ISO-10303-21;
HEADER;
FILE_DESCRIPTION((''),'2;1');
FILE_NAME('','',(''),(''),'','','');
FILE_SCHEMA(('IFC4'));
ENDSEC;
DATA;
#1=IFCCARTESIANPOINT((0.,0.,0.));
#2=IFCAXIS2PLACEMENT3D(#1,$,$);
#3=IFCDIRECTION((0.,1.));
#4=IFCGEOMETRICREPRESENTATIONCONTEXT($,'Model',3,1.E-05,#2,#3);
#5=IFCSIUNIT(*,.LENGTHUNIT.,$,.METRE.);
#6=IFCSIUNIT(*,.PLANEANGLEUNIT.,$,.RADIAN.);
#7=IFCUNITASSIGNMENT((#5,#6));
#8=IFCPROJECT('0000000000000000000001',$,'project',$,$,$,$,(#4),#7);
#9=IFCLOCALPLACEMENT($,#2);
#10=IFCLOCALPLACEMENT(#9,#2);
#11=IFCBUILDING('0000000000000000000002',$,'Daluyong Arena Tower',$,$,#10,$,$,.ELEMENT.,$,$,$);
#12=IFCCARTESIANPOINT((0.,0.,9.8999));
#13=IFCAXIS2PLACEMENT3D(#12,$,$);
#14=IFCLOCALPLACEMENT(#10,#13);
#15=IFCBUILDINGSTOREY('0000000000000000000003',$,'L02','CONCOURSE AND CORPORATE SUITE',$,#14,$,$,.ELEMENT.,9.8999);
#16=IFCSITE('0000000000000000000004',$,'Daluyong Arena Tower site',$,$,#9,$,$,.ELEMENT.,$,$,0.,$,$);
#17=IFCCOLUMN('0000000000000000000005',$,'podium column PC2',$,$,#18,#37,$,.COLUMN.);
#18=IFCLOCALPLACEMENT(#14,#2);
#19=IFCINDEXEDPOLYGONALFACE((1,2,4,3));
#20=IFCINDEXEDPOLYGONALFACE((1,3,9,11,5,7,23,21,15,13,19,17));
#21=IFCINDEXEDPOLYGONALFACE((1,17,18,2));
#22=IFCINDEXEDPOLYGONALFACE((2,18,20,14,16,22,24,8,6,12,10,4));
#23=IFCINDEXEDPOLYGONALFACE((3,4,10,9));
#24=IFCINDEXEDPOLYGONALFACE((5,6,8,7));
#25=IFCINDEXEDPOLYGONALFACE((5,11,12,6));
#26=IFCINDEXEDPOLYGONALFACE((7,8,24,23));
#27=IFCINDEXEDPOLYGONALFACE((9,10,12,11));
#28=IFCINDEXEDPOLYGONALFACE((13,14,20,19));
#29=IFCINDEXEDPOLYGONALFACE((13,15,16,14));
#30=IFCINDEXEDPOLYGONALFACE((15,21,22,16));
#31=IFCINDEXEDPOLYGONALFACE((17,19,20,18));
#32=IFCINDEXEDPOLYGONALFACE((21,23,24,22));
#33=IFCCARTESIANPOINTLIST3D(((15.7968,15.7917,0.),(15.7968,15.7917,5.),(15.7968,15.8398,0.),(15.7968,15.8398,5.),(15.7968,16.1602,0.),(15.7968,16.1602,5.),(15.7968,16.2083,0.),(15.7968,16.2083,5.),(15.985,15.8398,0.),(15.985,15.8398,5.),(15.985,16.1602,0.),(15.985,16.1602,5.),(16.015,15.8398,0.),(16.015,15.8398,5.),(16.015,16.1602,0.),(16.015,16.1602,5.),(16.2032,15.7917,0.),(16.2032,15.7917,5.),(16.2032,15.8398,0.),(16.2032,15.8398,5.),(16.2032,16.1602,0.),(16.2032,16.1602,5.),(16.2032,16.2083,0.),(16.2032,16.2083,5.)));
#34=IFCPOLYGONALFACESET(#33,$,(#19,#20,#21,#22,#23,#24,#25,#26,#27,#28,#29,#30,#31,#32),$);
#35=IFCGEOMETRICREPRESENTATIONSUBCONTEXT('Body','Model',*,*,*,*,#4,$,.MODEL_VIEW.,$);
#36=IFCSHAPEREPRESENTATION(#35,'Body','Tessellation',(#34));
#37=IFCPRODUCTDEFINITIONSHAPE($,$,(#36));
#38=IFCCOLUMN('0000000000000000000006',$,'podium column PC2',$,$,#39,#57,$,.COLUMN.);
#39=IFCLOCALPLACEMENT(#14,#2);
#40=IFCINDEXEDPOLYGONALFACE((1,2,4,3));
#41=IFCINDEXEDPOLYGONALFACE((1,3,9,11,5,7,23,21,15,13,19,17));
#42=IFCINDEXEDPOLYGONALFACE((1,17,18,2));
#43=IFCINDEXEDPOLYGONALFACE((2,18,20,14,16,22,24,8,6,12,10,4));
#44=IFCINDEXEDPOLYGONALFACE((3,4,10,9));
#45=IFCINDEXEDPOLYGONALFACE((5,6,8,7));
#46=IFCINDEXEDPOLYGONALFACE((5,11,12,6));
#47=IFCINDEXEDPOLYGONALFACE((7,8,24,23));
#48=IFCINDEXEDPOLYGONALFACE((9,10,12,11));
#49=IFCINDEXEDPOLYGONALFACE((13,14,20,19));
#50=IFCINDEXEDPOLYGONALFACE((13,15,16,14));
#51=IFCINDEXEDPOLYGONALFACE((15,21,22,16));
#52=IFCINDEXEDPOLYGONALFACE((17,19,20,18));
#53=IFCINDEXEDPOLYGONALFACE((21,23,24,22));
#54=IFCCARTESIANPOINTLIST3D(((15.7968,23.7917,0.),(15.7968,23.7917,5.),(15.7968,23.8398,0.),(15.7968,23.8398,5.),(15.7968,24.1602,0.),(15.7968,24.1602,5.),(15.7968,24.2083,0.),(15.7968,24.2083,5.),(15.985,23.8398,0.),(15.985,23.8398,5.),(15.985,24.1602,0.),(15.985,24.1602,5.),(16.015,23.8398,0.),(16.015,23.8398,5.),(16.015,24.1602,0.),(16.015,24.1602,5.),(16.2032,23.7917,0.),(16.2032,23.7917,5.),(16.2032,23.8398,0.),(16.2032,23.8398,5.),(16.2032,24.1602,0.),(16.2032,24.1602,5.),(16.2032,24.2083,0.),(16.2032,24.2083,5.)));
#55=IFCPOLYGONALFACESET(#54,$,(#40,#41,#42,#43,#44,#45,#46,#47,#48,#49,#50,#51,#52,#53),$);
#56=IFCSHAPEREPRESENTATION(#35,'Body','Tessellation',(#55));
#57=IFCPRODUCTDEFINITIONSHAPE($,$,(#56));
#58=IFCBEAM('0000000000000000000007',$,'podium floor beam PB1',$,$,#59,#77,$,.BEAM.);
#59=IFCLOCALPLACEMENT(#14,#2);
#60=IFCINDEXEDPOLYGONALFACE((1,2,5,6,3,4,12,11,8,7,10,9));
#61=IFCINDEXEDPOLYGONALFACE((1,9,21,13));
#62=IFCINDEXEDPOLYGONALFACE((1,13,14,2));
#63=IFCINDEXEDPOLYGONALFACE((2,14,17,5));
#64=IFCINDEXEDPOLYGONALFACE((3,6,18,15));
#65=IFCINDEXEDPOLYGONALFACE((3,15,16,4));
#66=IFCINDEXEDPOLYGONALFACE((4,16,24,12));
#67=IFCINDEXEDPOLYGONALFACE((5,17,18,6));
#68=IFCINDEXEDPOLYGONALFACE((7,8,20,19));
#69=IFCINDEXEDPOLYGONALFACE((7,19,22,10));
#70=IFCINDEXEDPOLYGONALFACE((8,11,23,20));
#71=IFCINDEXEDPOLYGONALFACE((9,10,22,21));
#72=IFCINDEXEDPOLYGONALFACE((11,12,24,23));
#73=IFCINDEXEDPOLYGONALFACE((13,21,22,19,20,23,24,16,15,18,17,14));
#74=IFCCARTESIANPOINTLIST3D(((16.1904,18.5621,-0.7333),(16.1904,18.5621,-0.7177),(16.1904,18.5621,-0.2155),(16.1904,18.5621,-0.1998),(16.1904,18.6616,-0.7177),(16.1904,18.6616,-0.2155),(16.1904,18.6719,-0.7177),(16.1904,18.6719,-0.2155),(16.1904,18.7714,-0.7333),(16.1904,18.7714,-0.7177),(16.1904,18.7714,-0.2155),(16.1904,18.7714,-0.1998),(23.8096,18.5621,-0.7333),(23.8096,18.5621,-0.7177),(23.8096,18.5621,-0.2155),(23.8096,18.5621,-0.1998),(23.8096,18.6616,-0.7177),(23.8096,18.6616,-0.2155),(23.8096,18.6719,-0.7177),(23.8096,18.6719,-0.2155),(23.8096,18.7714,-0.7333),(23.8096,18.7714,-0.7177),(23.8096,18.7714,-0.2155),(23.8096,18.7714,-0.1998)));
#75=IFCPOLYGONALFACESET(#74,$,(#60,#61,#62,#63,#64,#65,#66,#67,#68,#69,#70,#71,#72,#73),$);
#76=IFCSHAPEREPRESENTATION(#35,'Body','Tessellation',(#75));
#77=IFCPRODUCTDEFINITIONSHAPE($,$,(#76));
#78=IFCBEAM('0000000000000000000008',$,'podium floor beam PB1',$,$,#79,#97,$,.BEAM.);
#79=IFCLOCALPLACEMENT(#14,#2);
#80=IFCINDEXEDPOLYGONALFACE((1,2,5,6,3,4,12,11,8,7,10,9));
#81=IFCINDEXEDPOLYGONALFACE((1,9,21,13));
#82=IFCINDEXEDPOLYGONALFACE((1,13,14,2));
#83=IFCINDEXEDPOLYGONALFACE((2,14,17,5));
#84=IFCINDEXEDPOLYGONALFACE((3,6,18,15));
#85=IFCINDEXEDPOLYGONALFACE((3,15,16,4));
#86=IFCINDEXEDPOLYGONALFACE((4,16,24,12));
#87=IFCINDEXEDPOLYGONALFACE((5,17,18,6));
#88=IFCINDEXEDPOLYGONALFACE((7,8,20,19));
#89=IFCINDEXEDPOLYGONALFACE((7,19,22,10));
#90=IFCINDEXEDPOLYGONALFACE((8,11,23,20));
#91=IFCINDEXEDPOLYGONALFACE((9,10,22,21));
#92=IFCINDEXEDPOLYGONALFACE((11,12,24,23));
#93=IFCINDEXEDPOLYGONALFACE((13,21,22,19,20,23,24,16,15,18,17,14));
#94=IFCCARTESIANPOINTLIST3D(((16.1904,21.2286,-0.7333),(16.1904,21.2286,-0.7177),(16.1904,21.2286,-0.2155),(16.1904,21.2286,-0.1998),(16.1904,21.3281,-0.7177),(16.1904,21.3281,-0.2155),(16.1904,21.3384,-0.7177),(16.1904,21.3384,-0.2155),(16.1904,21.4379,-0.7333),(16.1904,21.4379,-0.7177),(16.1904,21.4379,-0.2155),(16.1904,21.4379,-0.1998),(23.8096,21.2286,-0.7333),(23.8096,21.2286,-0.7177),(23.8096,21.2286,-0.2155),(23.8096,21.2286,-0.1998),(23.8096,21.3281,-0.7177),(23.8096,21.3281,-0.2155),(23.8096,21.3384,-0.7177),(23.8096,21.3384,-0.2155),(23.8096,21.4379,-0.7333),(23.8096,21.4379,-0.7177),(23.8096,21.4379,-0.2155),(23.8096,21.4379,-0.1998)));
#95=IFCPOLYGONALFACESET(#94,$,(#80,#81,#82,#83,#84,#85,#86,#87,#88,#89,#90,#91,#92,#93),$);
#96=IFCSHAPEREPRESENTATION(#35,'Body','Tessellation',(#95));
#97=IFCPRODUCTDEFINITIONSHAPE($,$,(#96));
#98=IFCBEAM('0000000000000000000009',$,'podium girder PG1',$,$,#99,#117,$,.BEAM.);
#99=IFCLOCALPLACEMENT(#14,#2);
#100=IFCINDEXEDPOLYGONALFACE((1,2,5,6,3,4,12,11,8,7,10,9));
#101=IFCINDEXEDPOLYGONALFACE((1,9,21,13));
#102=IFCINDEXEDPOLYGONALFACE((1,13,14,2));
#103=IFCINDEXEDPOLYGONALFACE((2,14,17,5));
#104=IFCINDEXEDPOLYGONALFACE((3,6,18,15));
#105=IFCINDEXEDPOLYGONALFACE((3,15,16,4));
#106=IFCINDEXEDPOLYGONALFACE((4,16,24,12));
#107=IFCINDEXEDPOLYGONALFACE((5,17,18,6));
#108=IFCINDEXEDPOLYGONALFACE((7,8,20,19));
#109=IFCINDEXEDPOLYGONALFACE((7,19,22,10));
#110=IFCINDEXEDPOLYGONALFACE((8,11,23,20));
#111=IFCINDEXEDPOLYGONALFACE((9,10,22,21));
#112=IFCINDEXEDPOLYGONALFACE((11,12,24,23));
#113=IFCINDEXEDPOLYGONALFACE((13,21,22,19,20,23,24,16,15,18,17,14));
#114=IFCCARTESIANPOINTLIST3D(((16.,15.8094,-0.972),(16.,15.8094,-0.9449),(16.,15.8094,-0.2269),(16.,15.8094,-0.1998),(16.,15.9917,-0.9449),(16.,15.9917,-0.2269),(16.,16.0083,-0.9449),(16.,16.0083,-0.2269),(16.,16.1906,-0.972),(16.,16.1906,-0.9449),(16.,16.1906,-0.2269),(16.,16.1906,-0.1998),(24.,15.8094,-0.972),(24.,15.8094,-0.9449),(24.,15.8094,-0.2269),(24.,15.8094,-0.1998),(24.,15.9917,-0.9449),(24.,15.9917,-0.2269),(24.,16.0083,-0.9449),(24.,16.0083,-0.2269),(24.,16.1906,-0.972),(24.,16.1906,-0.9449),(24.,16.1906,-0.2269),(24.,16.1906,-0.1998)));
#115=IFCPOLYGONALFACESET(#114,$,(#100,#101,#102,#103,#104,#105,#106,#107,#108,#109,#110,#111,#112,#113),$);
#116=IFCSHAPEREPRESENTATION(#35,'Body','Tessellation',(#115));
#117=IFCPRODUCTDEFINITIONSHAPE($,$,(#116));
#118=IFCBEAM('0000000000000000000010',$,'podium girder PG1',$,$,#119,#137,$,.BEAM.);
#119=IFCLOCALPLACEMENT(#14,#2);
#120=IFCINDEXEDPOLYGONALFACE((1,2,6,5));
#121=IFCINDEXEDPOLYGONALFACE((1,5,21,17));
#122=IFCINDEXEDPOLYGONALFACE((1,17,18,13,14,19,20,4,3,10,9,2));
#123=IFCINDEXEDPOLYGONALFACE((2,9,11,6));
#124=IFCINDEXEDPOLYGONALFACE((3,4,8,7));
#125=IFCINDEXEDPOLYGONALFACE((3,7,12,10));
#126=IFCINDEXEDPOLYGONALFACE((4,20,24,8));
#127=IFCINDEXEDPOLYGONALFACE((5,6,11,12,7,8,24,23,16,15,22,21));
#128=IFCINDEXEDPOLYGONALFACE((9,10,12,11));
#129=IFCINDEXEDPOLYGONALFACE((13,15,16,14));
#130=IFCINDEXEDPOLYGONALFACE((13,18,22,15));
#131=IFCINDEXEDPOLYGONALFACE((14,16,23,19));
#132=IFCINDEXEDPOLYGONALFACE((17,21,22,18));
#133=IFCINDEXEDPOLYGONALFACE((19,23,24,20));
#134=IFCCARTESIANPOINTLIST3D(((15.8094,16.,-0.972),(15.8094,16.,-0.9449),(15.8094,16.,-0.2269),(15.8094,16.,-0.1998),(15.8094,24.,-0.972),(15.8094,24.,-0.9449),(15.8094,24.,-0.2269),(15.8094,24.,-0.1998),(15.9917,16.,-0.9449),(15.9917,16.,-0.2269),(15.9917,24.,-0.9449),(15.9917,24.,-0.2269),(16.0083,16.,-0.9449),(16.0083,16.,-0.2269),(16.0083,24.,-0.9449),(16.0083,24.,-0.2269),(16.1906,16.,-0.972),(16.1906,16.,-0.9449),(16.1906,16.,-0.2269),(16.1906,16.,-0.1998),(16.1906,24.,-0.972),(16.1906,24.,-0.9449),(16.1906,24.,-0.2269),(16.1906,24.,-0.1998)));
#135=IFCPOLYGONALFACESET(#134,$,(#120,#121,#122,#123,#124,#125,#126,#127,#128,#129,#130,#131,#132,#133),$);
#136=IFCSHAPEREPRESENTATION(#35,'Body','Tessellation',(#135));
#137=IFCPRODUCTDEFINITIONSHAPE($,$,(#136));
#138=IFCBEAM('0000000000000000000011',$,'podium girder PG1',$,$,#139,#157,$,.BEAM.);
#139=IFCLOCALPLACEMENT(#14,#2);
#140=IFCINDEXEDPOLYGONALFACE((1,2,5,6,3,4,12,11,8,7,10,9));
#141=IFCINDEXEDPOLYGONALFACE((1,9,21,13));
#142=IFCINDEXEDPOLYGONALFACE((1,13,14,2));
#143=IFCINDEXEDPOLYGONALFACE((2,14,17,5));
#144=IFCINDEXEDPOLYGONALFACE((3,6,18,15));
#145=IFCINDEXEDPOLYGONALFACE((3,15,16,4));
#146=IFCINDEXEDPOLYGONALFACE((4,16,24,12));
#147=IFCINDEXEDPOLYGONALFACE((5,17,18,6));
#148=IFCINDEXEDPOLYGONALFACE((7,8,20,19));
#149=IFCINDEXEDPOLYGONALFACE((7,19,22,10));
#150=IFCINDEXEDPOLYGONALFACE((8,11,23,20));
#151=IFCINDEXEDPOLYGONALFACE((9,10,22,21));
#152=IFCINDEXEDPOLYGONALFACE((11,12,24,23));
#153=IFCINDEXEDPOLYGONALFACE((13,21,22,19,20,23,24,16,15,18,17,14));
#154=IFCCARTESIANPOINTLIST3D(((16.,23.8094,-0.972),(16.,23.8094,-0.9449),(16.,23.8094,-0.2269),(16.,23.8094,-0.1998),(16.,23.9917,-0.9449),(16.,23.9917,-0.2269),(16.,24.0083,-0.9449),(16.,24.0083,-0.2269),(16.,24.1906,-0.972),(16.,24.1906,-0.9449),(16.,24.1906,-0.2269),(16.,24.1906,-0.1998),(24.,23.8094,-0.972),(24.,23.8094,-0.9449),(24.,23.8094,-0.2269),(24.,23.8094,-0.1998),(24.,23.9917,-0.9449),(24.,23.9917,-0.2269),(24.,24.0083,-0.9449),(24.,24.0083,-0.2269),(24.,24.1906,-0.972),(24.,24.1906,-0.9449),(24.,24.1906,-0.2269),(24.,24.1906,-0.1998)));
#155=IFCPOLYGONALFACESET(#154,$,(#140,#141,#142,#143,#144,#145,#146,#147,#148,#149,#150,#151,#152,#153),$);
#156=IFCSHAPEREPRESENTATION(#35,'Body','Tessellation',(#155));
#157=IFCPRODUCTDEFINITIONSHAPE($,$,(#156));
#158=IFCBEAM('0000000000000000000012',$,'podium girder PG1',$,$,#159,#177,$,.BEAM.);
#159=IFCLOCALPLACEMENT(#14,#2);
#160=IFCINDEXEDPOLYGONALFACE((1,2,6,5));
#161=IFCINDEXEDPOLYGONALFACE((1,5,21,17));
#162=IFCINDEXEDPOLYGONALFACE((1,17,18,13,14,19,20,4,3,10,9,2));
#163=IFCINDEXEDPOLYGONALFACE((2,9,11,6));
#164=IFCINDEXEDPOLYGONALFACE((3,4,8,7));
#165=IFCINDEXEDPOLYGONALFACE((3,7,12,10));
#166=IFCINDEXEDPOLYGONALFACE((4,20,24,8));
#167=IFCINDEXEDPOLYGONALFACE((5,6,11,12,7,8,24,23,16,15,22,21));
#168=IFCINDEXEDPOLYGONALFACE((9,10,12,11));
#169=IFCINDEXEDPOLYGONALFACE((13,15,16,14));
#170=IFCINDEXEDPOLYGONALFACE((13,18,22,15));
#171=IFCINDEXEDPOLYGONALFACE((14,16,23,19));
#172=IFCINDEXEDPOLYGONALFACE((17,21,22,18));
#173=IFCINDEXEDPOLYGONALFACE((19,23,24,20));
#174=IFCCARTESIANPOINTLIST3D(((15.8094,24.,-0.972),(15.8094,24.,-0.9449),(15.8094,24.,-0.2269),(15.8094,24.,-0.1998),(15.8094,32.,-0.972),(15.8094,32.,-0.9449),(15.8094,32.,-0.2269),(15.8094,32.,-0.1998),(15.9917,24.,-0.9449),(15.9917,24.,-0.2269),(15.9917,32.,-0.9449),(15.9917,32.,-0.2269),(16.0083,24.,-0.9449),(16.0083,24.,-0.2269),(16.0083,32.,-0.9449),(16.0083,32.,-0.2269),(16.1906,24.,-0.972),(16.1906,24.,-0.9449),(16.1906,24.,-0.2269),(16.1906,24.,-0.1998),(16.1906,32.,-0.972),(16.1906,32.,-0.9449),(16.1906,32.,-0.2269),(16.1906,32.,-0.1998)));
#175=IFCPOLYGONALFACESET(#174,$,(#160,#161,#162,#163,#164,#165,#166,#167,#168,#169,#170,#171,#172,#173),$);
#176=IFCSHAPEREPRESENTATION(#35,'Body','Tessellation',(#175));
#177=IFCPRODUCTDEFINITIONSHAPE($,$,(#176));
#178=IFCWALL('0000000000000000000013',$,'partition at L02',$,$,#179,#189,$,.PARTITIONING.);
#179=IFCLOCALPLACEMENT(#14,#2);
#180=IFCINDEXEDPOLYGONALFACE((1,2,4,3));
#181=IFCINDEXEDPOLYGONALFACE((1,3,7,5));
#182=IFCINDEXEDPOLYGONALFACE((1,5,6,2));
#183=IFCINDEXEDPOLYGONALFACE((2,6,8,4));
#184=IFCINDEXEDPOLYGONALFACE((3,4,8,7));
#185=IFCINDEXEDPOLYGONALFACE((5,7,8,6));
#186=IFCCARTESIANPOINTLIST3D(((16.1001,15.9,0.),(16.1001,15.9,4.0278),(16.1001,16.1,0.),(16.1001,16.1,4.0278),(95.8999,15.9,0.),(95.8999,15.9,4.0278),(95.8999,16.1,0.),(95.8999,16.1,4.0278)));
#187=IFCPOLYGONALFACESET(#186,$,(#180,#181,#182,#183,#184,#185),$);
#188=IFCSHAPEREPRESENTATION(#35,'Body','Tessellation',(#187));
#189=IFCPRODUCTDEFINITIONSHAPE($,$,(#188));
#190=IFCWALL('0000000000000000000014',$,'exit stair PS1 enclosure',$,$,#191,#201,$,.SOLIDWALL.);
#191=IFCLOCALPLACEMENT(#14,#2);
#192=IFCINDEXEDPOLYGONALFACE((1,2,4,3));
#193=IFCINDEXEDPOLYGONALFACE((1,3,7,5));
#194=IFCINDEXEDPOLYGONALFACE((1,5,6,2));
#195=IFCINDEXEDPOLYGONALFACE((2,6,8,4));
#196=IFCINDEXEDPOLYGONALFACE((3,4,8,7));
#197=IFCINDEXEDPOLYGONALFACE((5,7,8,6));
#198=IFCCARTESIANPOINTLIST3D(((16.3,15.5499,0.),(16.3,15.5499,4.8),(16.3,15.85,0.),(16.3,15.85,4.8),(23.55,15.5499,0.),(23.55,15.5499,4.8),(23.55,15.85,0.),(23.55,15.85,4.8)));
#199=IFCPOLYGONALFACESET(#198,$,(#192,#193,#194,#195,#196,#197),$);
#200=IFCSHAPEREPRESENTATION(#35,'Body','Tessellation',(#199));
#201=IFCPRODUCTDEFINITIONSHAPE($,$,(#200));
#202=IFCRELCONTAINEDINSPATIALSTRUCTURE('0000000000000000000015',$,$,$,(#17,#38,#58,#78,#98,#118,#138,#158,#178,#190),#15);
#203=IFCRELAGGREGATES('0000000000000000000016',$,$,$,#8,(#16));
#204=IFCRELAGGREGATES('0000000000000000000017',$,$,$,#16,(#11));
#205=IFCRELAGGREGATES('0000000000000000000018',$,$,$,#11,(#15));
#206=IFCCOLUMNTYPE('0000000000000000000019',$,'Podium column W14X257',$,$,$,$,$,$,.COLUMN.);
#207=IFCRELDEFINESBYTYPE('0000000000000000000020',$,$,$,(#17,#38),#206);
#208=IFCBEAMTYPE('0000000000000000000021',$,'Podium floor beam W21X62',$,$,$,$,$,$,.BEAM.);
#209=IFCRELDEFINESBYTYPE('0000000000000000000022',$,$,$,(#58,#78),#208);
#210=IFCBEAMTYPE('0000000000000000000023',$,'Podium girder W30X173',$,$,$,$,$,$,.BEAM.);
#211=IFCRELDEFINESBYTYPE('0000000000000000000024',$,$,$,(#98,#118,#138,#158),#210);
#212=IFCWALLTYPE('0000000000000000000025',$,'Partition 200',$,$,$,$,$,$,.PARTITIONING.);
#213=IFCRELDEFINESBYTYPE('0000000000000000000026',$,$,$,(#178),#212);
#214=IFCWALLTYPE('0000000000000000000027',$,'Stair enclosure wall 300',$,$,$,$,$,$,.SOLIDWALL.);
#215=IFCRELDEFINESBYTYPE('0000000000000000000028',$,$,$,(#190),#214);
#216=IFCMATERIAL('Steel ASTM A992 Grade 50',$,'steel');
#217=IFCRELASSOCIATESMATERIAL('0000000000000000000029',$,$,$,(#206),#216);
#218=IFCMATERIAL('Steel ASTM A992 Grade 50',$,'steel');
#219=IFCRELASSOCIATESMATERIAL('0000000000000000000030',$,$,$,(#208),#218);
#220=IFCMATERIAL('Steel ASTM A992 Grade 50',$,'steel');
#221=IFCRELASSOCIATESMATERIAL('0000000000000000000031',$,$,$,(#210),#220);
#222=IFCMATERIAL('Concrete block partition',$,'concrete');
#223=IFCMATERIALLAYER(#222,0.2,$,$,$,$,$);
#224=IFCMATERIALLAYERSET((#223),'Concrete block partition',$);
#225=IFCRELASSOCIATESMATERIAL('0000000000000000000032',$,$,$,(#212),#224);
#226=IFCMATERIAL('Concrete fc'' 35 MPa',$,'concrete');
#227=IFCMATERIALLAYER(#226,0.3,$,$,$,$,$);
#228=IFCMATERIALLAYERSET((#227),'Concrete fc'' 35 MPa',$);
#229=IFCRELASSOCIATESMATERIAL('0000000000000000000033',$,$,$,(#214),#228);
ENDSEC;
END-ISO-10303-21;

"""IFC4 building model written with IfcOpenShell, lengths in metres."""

from ifc_helpers import new_model, si_unit, direction, frame, frame_2d, origin, origin_2d, place, context, subcontext, project, spatial, rectangle, i_section, extrude, material, layer, layer_set, material_profile, profile_set, type_object, element, save


model = new_model("IFC4")

# Units and contexts
model_context = context("Model", 3, precision=1e-05, world=origin(), true_north=direction((0.0, 1.0)))
body_context = subcontext(model_context, "Body", "Model", "MODEL_VIEW")
ifc_project = project(units=[si_unit("LENGTHUNIT", "METRE"), si_unit("PLANEANGLEUNIT", "RADIAN")], contexts=[model_context])

# Site, building, storey
site_placement = place(None, origin())
site = spatial("IfcSite", under=ifc_project, at=site_placement, Name="Daluyong Arena Tower site", CompositionType="ELEMENT", RefElevation=0.0)
building_placement = place(site_placement, origin())
building = spatial("IfcBuilding", under=site, at=building_placement, Name="Daluyong Arena Tower", CompositionType="ELEMENT")
storey_placement = place(building_placement, frame((0.0, 0.0, 9.8999)))
storey = spatial("IfcBuildingStorey", under=building, at=storey_placement, Name="L02", Description="CONCOURSE AND CORPORATE SUITE", CompositionType="ELEMENT", Elevation=9.8999)

# Columns
ifc_material_1 = material(Name="Steel ASTM A992 Grade 50", Category="steel")
ifc_material_profile_1 = material_profile(ifc_material_1, i_section(OverallWidth=0.4065, OverallDepth=0.4165, WebThickness=0.03, FlangeThickness=0.0481, at=origin_2d()))
ifc_profile_set_1 = profile_set([ifc_material_profile_1], Name="Steel ASTM A992 Grade 50")
column_type = type_object("IfcColumnType", Name="Podium column W14X257", PredefinedType="COLUMN", material=ifc_profile_set_1)
for number, where, z_axis, x_axis, name in (
    (1, (16.0, 16.0, 0.0), (0.0, 0.0, 1.0), (1.0, 0.0, 0.0), "podium column PC2"),
    (2, (16.0, 24.0, 0.0), (0.0, 0.0, 1.0), (1.0, 0.0, 0.0), "podium column PC2"),
):
    element("IfcColumn", number, at=place(storey_placement, frame(where, z_axis=z_axis, x_axis=x_axis)), inside=storey, type_object=column_type, Name=name, PredefinedType="COLUMN", context=body_context, shape_type="SweptSolid", body=[
        extrude(i_section(OverallWidth=0.4065, OverallDepth=0.4165, WebThickness=0.03, FlangeThickness=0.0481, at=origin_2d()), origin(), (0.0, 0.0, 1.0), 5.0),
    ])

# Beams
ifc_material_2 = material(Name="Steel ASTM A992 Grade 50", Category="steel")
ifc_material_profile_2 = material_profile(ifc_material_2, i_section(OverallWidth=0.2092, OverallDepth=0.5334, WebThickness=0.0103, FlangeThickness=0.0156, at=origin_2d()))
ifc_profile_set_2 = profile_set([ifc_material_profile_2], Name="Steel ASTM A992 Grade 50")
beam_type_1 = type_object("IfcBeamType", Name="Podium floor beam W21X62", PredefinedType="BEAM", material=ifc_profile_set_2)
for number, where, z_axis, x_axis, name in (
    (3, (16.1904, 18.6667, -0.4666), (1.0, 0.0, 0.0), (0.0, 1.0, 0.0), "podium floor beam PB1"),
    (4, (16.1904, 21.3333, -0.4666), (1.0, 0.0, 0.0), (0.0, 1.0, 0.0), "podium floor beam PB1"),
):
    element("IfcBeam", number, at=place(storey_placement, frame(where, z_axis=z_axis, x_axis=x_axis)), inside=storey, type_object=beam_type_1, Name=name, PredefinedType="BEAM", context=body_context, shape_type="SweptSolid", body=[
        extrude(i_section(OverallWidth=0.2092, OverallDepth=0.5334, WebThickness=0.0103, FlangeThickness=0.0156, at=origin_2d()), origin(), (0.0, 0.0, 1.0), 7.6191),
    ])
ifc_material_3 = material(Name="Steel ASTM A992 Grade 50", Category="steel")
ifc_material_profile_3 = material_profile(ifc_material_3, i_section(OverallWidth=0.3811, OverallDepth=0.7722, WebThickness=0.0166, FlangeThickness=0.0271, at=origin_2d()))
ifc_profile_set_3 = profile_set([ifc_material_profile_3], Name="Steel ASTM A992 Grade 50")
beam_type_2 = type_object("IfcBeamType", Name="Podium girder W30X173", PredefinedType="BEAM", material=ifc_profile_set_3)
for number, where, z_axis, x_axis, name in (
    (5, (16.0, 16.0, -0.5859), (1.0, 0.0, 0.0), (0.0, 1.0, 0.0), "podium girder PG1"),
    (6, (16.0, 16.0, -0.5859), (0.0, 1.0, 0.0), (-1.0, 0.0, 0.0), "podium girder PG1"),
    (7, (16.0, 24.0, -0.5859), (1.0, 0.0, 0.0), (0.0, 1.0, 0.0), "podium girder PG1"),
    (8, (16.0, 24.0, -0.5859), (0.0, 1.0, 0.0), (-1.0, 0.0, 0.0), "podium girder PG1"),
):
    element("IfcBeam", number, at=place(storey_placement, frame(where, z_axis=z_axis, x_axis=x_axis)), inside=storey, type_object=beam_type_2, Name=name, PredefinedType="BEAM", context=body_context, shape_type="SweptSolid", body=[
        extrude(i_section(OverallWidth=0.3811, OverallDepth=0.7722, WebThickness=0.0166, FlangeThickness=0.0271, at=origin_2d()), origin(), (0.0, 0.0, 1.0), 8.0),
    ])

# Wall
ifc_material_4 = material(Name="Concrete block partition", Category="concrete")
ifc_layer_1 = layer(ifc_material_4, 0.2)
ifc_layer_set_1 = layer_set([ifc_layer_1], Name="Concrete block partition")
wall_type_1 = type_object("IfcWallType", Name="Partition 200", PredefinedType="PARTITIONING", material=ifc_layer_set_1)
wall_1_placement = place(storey_placement, frame((16.1001, 16.0, 0.0), z_axis=(0.0, 0.0, 1.0), x_axis=(1.0, 0.0, 0.0)))
element("IfcWall", 9, at=wall_1_placement, inside=storey, type_object=wall_type_1, Name="partition at L02", PredefinedType="PARTITIONING", context=body_context, shape_type="SweptSolid", body=[
    extrude(rectangle(XDim=79.7998, YDim=0.2, at=frame_2d((39.8999, 0.0))), origin(), (0.0, 0.0, 1.0), 4.0278),
])

# Wall
ifc_material_5 = material(Name="Concrete fc' 35 MPa", Category="concrete")
ifc_layer_2 = layer(ifc_material_5, 0.3)
ifc_layer_set_2 = layer_set([ifc_layer_2], Name="Concrete fc' 35 MPa")
wall_type_2 = type_object("IfcWallType", Name="Stair enclosure wall 300", PredefinedType="SOLIDWALL", material=ifc_layer_set_2)
wall_2_placement = place(storey_placement, frame((16.3, 15.7, 0.0), z_axis=(0.0, 0.0, 1.0), x_axis=(1.0, 0.0, 0.0)))
element("IfcWall", 10, at=wall_2_placement, inside=storey, type_object=wall_type_2, Name="exit stair PS1 enclosure", PredefinedType="SOLIDWALL", context=body_context, shape_type="SweptSolid", body=[
    extrude(rectangle(XDim=7.25, YDim=0.3, at=frame_2d((3.625, 0.0))), origin(), (0.0, 0.0, 1.0), 4.8),
])

save(model, "model.ifc")
